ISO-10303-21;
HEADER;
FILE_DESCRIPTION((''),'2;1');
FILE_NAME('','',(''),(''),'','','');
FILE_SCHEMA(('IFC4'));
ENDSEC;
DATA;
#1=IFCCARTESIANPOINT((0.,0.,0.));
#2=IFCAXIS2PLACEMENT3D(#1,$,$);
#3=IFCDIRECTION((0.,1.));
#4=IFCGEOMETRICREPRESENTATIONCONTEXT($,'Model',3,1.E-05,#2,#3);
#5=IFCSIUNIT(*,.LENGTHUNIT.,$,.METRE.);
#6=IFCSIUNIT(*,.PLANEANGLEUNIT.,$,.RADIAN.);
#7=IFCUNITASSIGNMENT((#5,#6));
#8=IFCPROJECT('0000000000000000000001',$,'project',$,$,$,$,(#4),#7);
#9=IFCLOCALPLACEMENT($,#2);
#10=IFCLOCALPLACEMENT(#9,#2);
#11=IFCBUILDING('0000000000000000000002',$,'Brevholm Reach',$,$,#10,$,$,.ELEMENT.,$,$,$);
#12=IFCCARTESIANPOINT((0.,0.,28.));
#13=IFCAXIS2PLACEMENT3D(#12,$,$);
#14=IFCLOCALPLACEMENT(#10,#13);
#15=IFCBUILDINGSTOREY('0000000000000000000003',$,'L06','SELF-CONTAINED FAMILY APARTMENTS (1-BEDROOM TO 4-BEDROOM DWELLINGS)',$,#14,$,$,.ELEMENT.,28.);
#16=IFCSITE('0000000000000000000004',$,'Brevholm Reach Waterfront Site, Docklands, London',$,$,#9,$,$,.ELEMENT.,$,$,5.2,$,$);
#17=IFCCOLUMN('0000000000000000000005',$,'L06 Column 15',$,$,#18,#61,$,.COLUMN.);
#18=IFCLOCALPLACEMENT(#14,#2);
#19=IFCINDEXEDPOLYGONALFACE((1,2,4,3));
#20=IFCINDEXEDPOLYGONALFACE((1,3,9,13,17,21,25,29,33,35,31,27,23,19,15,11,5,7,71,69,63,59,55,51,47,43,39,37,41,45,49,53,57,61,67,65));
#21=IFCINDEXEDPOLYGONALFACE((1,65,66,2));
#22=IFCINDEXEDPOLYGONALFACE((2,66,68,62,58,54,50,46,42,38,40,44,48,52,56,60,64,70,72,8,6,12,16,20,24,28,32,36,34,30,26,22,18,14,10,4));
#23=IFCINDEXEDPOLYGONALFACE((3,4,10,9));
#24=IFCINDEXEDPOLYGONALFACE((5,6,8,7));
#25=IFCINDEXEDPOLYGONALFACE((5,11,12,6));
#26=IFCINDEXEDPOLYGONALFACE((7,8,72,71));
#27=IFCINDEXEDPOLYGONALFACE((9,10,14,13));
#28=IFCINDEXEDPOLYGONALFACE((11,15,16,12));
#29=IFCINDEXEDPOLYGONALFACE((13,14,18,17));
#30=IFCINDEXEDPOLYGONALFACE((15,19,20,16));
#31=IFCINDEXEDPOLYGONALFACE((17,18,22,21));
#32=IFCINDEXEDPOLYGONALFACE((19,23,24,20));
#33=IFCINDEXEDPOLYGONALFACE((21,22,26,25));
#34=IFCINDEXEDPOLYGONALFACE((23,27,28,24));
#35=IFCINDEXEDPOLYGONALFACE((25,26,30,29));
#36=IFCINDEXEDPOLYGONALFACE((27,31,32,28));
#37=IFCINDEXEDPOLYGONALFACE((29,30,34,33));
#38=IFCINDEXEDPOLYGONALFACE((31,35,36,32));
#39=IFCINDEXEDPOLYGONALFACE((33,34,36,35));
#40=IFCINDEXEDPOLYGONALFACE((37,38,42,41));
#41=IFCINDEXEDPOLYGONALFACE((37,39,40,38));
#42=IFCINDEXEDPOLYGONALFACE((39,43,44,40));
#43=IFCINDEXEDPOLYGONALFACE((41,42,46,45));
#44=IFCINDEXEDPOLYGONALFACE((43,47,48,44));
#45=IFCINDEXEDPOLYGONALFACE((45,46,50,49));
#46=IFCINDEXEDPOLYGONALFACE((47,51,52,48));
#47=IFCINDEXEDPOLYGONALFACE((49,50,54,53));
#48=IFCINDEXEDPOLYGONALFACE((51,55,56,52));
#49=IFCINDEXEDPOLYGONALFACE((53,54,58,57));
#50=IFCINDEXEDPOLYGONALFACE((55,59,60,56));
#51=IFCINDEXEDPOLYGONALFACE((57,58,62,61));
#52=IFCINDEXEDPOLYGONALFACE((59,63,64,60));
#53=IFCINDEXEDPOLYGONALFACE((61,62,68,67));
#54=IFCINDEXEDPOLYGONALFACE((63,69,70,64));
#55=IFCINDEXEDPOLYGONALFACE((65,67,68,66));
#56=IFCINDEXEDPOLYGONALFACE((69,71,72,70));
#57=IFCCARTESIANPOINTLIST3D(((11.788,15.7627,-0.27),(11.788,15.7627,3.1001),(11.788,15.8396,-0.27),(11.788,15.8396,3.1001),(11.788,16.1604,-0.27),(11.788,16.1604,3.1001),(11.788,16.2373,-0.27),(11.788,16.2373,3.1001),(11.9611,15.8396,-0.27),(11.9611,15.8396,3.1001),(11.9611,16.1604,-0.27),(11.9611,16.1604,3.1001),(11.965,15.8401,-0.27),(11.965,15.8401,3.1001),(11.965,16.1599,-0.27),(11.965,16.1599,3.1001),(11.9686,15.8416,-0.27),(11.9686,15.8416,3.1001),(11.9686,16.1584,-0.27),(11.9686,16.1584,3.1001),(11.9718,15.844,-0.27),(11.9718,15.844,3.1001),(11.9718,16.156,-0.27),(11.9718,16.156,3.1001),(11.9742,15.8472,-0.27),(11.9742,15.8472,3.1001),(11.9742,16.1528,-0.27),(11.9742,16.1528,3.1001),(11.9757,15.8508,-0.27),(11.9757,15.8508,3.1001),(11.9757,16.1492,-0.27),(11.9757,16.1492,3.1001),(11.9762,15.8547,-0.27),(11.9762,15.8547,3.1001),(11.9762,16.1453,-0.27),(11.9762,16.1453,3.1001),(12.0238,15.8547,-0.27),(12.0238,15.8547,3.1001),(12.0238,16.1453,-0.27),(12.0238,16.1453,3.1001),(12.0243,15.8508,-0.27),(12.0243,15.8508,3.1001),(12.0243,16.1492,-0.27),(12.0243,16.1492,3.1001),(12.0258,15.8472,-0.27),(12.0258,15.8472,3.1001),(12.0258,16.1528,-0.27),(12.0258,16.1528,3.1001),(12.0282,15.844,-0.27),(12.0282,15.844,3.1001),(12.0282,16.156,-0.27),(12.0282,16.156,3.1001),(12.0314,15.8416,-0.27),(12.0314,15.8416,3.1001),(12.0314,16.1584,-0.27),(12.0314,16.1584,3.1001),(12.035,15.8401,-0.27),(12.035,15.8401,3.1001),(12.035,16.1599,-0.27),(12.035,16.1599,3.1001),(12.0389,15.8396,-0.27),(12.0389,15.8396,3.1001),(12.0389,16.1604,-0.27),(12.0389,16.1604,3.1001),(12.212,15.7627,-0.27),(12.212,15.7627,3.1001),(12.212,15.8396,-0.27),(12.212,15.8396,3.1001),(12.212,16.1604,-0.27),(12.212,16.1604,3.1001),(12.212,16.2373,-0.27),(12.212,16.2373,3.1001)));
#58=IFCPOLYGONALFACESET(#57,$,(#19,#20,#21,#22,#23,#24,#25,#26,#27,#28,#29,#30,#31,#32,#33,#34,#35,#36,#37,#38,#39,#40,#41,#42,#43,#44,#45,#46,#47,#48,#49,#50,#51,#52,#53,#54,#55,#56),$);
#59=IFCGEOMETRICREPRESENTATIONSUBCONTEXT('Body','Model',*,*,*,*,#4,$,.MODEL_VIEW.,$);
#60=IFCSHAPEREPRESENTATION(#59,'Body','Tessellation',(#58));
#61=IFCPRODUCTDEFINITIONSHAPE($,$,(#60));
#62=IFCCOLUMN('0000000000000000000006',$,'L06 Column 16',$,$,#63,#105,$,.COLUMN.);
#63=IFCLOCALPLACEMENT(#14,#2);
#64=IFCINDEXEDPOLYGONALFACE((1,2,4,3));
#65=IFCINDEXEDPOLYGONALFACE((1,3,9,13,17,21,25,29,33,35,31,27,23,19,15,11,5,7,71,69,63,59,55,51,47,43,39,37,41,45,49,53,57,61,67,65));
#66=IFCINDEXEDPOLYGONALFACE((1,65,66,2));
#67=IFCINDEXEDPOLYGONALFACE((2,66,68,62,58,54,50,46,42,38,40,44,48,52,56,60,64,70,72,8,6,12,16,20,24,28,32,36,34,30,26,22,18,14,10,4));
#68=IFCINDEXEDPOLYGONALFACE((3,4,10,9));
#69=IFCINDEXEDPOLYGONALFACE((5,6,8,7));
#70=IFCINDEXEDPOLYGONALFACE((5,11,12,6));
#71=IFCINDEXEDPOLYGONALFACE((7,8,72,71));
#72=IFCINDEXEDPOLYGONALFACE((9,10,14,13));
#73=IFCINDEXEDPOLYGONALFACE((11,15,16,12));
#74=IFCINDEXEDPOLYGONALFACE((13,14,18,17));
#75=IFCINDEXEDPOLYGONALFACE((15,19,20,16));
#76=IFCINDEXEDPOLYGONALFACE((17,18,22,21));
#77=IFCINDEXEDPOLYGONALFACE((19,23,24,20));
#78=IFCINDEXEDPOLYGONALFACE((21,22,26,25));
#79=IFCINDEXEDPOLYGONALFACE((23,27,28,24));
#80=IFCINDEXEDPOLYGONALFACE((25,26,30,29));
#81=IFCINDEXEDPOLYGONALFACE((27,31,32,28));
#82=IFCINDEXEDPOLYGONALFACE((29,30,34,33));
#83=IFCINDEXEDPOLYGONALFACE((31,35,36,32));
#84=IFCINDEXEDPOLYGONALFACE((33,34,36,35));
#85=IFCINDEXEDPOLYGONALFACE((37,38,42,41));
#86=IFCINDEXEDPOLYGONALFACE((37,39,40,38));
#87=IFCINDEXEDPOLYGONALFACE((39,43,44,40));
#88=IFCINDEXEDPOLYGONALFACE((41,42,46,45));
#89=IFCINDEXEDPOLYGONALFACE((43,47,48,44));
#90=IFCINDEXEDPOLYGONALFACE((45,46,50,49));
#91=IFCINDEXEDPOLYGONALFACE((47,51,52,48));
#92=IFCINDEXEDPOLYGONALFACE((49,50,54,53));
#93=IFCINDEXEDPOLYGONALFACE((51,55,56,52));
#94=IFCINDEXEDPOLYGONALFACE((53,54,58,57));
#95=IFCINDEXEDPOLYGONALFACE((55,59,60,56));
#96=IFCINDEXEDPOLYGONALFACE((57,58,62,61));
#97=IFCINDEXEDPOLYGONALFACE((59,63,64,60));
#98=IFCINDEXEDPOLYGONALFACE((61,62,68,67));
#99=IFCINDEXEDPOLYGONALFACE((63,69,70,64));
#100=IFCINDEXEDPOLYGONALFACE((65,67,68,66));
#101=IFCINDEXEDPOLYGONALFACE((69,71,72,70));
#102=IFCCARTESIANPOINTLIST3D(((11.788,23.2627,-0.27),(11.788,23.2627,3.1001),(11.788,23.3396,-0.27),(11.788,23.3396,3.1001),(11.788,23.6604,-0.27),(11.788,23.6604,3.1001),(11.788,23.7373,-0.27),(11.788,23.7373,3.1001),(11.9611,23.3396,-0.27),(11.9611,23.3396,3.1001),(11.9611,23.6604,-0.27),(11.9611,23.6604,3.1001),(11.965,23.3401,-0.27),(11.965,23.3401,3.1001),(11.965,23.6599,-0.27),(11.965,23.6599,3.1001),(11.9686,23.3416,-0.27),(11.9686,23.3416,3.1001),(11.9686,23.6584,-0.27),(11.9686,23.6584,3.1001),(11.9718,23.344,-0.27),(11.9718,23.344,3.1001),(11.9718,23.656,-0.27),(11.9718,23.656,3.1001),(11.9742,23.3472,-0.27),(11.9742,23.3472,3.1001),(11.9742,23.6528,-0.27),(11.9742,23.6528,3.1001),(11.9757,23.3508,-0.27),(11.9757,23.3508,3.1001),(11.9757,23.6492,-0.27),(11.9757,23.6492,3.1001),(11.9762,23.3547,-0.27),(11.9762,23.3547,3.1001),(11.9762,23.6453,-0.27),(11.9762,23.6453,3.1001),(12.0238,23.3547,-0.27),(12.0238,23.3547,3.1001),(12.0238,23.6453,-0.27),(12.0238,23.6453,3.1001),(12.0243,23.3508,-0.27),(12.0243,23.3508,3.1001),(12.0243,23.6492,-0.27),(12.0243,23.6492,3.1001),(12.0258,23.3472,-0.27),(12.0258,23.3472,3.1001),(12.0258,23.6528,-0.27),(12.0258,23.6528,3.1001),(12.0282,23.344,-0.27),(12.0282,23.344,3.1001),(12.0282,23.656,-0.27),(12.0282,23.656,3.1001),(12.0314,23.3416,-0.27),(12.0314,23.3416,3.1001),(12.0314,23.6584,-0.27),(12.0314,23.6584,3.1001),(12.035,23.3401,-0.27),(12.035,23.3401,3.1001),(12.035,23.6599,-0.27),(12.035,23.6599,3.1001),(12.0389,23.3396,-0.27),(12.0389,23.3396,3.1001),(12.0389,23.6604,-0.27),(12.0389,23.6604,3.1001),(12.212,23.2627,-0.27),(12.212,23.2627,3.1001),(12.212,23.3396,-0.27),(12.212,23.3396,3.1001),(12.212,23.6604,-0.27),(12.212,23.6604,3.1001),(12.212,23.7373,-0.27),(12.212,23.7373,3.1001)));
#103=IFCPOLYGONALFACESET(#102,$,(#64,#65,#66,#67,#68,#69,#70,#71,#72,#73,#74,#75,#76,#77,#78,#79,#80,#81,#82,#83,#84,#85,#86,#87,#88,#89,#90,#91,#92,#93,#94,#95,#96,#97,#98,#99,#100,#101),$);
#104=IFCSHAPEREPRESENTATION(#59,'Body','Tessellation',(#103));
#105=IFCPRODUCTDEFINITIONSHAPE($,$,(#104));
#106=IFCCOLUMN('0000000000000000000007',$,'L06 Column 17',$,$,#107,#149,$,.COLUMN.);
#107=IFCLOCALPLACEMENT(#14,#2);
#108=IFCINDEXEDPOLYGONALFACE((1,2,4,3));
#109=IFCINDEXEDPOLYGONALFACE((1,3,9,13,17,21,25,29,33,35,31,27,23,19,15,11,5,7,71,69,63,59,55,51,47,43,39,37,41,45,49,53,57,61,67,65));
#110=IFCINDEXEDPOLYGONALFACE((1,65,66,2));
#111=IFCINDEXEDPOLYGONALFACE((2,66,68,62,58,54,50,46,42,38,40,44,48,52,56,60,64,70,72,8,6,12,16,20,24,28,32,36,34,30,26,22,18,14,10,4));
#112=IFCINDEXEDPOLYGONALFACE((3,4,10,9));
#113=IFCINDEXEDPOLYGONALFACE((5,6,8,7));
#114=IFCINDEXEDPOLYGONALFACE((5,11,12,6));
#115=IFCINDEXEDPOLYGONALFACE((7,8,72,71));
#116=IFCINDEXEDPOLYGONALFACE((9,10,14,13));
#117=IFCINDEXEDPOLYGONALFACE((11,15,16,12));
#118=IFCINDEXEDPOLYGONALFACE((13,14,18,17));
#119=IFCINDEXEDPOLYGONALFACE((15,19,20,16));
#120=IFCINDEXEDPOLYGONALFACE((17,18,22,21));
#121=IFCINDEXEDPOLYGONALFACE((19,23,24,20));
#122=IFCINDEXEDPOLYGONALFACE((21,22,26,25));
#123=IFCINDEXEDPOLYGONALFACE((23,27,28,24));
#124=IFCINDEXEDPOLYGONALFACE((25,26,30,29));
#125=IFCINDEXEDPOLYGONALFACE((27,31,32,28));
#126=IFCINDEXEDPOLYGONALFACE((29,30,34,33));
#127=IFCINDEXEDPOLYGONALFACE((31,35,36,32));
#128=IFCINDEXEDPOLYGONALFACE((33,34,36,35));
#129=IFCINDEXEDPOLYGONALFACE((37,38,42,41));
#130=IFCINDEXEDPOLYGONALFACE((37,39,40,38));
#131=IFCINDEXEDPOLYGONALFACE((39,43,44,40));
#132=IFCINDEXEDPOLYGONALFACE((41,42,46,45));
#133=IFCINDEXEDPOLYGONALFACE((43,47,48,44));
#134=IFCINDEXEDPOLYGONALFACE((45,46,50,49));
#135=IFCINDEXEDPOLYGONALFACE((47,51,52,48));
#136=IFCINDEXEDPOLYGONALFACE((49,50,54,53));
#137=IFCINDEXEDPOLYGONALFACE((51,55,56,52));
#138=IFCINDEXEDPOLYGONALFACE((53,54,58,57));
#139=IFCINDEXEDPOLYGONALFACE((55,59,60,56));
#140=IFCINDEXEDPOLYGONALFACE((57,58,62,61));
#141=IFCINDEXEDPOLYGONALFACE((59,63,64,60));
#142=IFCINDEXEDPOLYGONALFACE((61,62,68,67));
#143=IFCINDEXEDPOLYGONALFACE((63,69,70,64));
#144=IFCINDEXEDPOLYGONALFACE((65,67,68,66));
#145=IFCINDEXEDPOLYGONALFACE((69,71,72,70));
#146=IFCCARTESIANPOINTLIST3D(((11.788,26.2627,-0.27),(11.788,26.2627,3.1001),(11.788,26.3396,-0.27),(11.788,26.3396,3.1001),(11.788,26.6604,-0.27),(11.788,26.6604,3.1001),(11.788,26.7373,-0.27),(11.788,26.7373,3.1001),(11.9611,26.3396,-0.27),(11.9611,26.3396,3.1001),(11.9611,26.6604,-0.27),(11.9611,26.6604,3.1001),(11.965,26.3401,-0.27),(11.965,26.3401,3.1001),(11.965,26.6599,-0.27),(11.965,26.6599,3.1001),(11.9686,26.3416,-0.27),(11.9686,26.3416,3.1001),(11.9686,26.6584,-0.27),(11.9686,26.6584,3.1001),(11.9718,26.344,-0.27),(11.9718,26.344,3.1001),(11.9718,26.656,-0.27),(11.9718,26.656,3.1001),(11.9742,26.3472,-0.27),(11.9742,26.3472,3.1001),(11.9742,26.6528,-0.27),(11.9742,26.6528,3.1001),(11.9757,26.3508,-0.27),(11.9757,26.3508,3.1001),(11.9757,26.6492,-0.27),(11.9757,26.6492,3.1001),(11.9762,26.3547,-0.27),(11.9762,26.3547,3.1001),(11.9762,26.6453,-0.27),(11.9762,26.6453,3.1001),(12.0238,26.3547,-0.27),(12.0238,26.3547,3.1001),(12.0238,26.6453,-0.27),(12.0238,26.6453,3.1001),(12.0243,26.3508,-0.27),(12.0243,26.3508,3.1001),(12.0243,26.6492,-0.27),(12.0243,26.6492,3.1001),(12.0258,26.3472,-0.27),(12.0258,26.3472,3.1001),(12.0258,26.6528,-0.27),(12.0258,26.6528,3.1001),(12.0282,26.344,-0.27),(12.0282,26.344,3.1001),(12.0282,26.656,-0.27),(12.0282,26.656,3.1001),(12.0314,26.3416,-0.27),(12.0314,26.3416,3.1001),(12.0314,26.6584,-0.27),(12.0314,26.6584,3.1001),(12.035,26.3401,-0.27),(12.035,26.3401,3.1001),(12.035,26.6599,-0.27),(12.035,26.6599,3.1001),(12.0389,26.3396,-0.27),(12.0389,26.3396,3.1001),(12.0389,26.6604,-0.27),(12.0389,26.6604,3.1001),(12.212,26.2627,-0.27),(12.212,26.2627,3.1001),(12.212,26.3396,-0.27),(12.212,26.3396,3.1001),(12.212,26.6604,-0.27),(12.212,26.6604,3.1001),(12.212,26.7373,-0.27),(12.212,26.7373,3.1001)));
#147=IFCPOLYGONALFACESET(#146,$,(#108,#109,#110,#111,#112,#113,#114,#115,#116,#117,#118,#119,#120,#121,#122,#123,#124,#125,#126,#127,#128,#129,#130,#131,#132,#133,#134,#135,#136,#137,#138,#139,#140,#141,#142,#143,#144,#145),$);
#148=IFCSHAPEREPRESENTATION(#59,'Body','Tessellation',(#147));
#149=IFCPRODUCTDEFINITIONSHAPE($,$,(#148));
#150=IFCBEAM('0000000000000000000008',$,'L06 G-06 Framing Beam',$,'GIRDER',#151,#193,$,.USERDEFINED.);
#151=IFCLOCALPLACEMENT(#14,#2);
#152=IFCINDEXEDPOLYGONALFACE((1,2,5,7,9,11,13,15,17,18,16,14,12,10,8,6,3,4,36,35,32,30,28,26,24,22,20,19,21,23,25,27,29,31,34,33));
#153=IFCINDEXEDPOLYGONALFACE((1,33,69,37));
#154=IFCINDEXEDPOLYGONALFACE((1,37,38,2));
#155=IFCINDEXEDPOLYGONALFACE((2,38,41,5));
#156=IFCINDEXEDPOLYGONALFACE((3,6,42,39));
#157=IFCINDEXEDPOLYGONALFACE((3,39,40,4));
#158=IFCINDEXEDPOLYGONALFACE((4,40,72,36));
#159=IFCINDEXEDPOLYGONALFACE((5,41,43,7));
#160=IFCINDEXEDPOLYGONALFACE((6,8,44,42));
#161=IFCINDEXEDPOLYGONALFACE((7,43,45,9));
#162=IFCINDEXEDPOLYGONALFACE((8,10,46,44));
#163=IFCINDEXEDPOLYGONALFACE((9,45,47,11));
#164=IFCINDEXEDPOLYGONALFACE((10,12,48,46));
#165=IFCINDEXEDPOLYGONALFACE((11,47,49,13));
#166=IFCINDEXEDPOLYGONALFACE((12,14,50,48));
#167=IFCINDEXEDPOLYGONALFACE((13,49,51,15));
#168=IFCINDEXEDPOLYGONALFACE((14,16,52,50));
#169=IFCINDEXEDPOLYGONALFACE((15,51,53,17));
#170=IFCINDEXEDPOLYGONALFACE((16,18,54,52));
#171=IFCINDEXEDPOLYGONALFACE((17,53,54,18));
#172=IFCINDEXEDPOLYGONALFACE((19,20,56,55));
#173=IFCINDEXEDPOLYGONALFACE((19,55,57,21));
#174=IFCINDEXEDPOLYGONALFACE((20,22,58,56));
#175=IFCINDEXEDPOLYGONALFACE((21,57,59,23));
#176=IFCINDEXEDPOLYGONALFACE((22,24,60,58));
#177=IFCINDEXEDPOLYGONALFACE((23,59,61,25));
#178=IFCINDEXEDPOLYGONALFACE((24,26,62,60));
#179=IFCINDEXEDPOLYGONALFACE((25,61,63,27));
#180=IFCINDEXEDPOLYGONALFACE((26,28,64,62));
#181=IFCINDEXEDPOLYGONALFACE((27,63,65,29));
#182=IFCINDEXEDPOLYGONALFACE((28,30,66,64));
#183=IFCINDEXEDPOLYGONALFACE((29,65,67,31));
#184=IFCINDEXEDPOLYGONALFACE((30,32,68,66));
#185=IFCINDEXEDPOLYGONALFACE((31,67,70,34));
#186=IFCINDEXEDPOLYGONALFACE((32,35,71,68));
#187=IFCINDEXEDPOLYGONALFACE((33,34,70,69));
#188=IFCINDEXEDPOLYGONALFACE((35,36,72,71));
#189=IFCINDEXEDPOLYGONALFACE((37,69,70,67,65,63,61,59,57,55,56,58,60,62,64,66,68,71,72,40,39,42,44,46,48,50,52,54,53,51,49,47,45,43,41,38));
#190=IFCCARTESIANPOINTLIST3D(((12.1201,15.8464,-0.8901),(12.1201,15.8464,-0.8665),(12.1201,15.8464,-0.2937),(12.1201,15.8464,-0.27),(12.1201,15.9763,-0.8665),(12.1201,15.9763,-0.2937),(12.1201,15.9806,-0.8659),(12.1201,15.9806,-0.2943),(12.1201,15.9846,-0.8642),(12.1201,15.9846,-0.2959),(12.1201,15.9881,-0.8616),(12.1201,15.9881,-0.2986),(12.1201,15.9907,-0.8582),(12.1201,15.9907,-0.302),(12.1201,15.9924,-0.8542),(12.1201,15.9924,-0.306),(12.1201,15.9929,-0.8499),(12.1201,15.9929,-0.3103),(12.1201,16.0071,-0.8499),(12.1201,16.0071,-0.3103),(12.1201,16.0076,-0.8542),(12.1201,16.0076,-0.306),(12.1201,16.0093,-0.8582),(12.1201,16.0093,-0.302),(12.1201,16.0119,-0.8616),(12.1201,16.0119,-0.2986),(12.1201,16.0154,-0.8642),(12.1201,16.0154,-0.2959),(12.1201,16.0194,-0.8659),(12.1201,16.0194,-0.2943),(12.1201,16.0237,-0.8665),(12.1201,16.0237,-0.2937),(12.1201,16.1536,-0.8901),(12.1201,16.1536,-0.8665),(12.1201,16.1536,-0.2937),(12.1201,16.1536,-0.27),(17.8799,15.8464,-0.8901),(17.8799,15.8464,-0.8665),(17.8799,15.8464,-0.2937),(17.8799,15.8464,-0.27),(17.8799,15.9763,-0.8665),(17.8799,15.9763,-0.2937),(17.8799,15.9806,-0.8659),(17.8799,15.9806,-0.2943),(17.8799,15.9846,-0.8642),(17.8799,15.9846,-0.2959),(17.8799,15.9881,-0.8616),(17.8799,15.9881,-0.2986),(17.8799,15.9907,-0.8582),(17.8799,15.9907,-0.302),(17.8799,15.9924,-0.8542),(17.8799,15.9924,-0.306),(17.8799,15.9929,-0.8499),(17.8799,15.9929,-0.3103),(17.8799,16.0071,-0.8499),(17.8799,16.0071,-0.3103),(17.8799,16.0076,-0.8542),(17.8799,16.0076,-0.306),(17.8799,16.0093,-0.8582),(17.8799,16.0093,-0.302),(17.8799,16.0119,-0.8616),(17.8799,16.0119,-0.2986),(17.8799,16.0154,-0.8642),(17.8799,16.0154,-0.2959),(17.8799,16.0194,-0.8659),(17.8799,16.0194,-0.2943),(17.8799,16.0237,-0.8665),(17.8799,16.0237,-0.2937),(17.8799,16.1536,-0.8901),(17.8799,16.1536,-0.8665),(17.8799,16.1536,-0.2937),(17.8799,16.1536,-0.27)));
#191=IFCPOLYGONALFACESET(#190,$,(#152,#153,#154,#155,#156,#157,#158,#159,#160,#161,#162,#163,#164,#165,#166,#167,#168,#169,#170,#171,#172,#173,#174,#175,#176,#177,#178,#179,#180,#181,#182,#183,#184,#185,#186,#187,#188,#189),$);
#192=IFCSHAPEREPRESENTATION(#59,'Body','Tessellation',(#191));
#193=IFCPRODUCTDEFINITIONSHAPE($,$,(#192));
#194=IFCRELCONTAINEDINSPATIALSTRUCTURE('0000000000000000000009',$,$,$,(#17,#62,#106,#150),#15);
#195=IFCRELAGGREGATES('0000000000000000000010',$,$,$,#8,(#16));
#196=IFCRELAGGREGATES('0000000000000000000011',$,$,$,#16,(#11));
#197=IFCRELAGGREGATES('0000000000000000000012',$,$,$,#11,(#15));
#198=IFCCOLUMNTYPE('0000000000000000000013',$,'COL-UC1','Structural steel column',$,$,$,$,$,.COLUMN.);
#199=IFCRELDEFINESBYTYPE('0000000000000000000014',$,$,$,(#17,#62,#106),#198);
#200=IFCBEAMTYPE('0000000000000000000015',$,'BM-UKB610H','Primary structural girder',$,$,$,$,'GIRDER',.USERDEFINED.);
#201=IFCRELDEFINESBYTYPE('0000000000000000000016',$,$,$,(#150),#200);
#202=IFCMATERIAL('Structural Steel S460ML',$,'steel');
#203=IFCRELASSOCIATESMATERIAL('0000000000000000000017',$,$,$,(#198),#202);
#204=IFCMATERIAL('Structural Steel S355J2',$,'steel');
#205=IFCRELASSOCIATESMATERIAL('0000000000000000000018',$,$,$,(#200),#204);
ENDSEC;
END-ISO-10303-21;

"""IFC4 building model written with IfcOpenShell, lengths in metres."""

from ifc_helpers import new_model, si_unit, direction, frame, origin, origin_2d, place, context, subcontext, project, spatial, i_section, extrude, material, material_profile, profile_set, type_object, element, save


model = new_model("IFC4")

# Units and contexts
model_context = context("Model", 3, precision=1e-05, world=origin(), true_north=direction((0.0, 1.0)))
body_context = subcontext(model_context, "Body", "Model", "MODEL_VIEW")
ifc_project = project(units=[si_unit("LENGTHUNIT", "METRE"), si_unit("PLANEANGLEUNIT", "RADIAN")], contexts=[model_context])

# Site, building, storey
site_placement = place(None, origin())
site = spatial("IfcSite", under=ifc_project, at=site_placement, Name="Brevholm Reach Waterfront Site, Docklands, London", CompositionType="ELEMENT", RefElevation=5.2)
building_placement = place(site_placement, origin())
building = spatial("IfcBuilding", under=site, at=building_placement, Name="Brevholm Reach", CompositionType="ELEMENT")
storey_placement = place(building_placement, frame((0.0, 0.0, 28.0)))
storey = spatial("IfcBuildingStorey", under=building, at=storey_placement, Name="L06", Description="SELF-CONTAINED FAMILY APARTMENTS (1-BEDROOM TO 4-BEDROOM DWELLINGS)", CompositionType="ELEMENT", Elevation=28.0)

# Columns
ifc_material_1 = material(Name="Structural Steel S460ML", Category="steel")
ifc_material_profile_1 = material_profile(ifc_material_1, i_section(OverallWidth=0.4241, OverallDepth=0.4746, WebThickness=0.0476, FlangeThickness=0.0769, FilletRadius=0.0151, at=origin_2d()), Name="UKC 356x406x634")
ifc_profile_set_1 = profile_set([ifc_material_profile_1], Name="Structural Steel S460ML")
column_type = type_object("IfcColumnType", Name="COL-UC1", Description="Structural steel column", PredefinedType="COLUMN", material=ifc_profile_set_1)
for number, where, z_axis, x_axis, name in (
    (1, (12.0, 16.0, -0.27), (0.0, 0.0, 1.0), (1.0, 0.0, 0.0), "L06 Column 15"),
    (2, (12.0, 23.5, -0.27), (0.0, 0.0, 1.0), (1.0, 0.0, 0.0), "L06 Column 16"),
    (3, (12.0, 26.5, -0.27), (0.0, 0.0, 1.0), (1.0, 0.0, 0.0), "L06 Column 17"),
):
    element("IfcColumn", number, at=place(storey_placement, frame(where, z_axis=z_axis, x_axis=x_axis)), inside=storey, type_object=column_type, Name=name, PredefinedType="COLUMN", context=body_context, shape_type="SweptSolid", body=[
        extrude(i_section(OverallWidth=0.4241, OverallDepth=0.4746, WebThickness=0.0476, FlangeThickness=0.0769, FilletRadius=0.0151, at=origin_2d()), origin(), (0.0, 0.0, 1.0), 3.3701),
    ])

# Beam
ifc_material_2 = material(Name="Structural Steel S355J2", Category="steel")
ifc_material_profile_2 = material_profile(ifc_material_2, i_section(OverallWidth=0.3071, OverallDepth=0.6201, WebThickness=0.0142, FlangeThickness=0.0237, FilletRadius=0.0166, at=origin_2d()), Name="UKB 610x305x179")
ifc_profile_set_2 = profile_set([ifc_material_profile_2], Name="Structural Steel S355J2")
beam_type = type_object("IfcBeamType", Name="BM-UKB610H", Description="Primary structural girder", ElementType="GIRDER", PredefinedType="USERDEFINED", material=ifc_profile_set_2)
for number, where, z_axis, x_axis, name in (
    (4, (12.1201, 16.0, -0.5801), (1.0, 0.0, 0.0), (0.0, 1.0, 0.0), "L06 G-06 Framing Beam"),
):
    element("IfcBeam", number, at=place(storey_placement, frame(where, z_axis=z_axis, x_axis=x_axis)), inside=storey, type_object=beam_type, Name=name, ObjectType="GIRDER", PredefinedType="USERDEFINED", context=body_context, shape_type="SweptSolid", body=[
        extrude(i_section(OverallWidth=0.3071, OverallDepth=0.6201, WebThickness=0.0142, FlangeThickness=0.0237, FilletRadius=0.0166, at=origin_2d()), origin(), (0.0, 0.0, 1.0), 5.7598),
    ])

save(model, "model.ifc")
